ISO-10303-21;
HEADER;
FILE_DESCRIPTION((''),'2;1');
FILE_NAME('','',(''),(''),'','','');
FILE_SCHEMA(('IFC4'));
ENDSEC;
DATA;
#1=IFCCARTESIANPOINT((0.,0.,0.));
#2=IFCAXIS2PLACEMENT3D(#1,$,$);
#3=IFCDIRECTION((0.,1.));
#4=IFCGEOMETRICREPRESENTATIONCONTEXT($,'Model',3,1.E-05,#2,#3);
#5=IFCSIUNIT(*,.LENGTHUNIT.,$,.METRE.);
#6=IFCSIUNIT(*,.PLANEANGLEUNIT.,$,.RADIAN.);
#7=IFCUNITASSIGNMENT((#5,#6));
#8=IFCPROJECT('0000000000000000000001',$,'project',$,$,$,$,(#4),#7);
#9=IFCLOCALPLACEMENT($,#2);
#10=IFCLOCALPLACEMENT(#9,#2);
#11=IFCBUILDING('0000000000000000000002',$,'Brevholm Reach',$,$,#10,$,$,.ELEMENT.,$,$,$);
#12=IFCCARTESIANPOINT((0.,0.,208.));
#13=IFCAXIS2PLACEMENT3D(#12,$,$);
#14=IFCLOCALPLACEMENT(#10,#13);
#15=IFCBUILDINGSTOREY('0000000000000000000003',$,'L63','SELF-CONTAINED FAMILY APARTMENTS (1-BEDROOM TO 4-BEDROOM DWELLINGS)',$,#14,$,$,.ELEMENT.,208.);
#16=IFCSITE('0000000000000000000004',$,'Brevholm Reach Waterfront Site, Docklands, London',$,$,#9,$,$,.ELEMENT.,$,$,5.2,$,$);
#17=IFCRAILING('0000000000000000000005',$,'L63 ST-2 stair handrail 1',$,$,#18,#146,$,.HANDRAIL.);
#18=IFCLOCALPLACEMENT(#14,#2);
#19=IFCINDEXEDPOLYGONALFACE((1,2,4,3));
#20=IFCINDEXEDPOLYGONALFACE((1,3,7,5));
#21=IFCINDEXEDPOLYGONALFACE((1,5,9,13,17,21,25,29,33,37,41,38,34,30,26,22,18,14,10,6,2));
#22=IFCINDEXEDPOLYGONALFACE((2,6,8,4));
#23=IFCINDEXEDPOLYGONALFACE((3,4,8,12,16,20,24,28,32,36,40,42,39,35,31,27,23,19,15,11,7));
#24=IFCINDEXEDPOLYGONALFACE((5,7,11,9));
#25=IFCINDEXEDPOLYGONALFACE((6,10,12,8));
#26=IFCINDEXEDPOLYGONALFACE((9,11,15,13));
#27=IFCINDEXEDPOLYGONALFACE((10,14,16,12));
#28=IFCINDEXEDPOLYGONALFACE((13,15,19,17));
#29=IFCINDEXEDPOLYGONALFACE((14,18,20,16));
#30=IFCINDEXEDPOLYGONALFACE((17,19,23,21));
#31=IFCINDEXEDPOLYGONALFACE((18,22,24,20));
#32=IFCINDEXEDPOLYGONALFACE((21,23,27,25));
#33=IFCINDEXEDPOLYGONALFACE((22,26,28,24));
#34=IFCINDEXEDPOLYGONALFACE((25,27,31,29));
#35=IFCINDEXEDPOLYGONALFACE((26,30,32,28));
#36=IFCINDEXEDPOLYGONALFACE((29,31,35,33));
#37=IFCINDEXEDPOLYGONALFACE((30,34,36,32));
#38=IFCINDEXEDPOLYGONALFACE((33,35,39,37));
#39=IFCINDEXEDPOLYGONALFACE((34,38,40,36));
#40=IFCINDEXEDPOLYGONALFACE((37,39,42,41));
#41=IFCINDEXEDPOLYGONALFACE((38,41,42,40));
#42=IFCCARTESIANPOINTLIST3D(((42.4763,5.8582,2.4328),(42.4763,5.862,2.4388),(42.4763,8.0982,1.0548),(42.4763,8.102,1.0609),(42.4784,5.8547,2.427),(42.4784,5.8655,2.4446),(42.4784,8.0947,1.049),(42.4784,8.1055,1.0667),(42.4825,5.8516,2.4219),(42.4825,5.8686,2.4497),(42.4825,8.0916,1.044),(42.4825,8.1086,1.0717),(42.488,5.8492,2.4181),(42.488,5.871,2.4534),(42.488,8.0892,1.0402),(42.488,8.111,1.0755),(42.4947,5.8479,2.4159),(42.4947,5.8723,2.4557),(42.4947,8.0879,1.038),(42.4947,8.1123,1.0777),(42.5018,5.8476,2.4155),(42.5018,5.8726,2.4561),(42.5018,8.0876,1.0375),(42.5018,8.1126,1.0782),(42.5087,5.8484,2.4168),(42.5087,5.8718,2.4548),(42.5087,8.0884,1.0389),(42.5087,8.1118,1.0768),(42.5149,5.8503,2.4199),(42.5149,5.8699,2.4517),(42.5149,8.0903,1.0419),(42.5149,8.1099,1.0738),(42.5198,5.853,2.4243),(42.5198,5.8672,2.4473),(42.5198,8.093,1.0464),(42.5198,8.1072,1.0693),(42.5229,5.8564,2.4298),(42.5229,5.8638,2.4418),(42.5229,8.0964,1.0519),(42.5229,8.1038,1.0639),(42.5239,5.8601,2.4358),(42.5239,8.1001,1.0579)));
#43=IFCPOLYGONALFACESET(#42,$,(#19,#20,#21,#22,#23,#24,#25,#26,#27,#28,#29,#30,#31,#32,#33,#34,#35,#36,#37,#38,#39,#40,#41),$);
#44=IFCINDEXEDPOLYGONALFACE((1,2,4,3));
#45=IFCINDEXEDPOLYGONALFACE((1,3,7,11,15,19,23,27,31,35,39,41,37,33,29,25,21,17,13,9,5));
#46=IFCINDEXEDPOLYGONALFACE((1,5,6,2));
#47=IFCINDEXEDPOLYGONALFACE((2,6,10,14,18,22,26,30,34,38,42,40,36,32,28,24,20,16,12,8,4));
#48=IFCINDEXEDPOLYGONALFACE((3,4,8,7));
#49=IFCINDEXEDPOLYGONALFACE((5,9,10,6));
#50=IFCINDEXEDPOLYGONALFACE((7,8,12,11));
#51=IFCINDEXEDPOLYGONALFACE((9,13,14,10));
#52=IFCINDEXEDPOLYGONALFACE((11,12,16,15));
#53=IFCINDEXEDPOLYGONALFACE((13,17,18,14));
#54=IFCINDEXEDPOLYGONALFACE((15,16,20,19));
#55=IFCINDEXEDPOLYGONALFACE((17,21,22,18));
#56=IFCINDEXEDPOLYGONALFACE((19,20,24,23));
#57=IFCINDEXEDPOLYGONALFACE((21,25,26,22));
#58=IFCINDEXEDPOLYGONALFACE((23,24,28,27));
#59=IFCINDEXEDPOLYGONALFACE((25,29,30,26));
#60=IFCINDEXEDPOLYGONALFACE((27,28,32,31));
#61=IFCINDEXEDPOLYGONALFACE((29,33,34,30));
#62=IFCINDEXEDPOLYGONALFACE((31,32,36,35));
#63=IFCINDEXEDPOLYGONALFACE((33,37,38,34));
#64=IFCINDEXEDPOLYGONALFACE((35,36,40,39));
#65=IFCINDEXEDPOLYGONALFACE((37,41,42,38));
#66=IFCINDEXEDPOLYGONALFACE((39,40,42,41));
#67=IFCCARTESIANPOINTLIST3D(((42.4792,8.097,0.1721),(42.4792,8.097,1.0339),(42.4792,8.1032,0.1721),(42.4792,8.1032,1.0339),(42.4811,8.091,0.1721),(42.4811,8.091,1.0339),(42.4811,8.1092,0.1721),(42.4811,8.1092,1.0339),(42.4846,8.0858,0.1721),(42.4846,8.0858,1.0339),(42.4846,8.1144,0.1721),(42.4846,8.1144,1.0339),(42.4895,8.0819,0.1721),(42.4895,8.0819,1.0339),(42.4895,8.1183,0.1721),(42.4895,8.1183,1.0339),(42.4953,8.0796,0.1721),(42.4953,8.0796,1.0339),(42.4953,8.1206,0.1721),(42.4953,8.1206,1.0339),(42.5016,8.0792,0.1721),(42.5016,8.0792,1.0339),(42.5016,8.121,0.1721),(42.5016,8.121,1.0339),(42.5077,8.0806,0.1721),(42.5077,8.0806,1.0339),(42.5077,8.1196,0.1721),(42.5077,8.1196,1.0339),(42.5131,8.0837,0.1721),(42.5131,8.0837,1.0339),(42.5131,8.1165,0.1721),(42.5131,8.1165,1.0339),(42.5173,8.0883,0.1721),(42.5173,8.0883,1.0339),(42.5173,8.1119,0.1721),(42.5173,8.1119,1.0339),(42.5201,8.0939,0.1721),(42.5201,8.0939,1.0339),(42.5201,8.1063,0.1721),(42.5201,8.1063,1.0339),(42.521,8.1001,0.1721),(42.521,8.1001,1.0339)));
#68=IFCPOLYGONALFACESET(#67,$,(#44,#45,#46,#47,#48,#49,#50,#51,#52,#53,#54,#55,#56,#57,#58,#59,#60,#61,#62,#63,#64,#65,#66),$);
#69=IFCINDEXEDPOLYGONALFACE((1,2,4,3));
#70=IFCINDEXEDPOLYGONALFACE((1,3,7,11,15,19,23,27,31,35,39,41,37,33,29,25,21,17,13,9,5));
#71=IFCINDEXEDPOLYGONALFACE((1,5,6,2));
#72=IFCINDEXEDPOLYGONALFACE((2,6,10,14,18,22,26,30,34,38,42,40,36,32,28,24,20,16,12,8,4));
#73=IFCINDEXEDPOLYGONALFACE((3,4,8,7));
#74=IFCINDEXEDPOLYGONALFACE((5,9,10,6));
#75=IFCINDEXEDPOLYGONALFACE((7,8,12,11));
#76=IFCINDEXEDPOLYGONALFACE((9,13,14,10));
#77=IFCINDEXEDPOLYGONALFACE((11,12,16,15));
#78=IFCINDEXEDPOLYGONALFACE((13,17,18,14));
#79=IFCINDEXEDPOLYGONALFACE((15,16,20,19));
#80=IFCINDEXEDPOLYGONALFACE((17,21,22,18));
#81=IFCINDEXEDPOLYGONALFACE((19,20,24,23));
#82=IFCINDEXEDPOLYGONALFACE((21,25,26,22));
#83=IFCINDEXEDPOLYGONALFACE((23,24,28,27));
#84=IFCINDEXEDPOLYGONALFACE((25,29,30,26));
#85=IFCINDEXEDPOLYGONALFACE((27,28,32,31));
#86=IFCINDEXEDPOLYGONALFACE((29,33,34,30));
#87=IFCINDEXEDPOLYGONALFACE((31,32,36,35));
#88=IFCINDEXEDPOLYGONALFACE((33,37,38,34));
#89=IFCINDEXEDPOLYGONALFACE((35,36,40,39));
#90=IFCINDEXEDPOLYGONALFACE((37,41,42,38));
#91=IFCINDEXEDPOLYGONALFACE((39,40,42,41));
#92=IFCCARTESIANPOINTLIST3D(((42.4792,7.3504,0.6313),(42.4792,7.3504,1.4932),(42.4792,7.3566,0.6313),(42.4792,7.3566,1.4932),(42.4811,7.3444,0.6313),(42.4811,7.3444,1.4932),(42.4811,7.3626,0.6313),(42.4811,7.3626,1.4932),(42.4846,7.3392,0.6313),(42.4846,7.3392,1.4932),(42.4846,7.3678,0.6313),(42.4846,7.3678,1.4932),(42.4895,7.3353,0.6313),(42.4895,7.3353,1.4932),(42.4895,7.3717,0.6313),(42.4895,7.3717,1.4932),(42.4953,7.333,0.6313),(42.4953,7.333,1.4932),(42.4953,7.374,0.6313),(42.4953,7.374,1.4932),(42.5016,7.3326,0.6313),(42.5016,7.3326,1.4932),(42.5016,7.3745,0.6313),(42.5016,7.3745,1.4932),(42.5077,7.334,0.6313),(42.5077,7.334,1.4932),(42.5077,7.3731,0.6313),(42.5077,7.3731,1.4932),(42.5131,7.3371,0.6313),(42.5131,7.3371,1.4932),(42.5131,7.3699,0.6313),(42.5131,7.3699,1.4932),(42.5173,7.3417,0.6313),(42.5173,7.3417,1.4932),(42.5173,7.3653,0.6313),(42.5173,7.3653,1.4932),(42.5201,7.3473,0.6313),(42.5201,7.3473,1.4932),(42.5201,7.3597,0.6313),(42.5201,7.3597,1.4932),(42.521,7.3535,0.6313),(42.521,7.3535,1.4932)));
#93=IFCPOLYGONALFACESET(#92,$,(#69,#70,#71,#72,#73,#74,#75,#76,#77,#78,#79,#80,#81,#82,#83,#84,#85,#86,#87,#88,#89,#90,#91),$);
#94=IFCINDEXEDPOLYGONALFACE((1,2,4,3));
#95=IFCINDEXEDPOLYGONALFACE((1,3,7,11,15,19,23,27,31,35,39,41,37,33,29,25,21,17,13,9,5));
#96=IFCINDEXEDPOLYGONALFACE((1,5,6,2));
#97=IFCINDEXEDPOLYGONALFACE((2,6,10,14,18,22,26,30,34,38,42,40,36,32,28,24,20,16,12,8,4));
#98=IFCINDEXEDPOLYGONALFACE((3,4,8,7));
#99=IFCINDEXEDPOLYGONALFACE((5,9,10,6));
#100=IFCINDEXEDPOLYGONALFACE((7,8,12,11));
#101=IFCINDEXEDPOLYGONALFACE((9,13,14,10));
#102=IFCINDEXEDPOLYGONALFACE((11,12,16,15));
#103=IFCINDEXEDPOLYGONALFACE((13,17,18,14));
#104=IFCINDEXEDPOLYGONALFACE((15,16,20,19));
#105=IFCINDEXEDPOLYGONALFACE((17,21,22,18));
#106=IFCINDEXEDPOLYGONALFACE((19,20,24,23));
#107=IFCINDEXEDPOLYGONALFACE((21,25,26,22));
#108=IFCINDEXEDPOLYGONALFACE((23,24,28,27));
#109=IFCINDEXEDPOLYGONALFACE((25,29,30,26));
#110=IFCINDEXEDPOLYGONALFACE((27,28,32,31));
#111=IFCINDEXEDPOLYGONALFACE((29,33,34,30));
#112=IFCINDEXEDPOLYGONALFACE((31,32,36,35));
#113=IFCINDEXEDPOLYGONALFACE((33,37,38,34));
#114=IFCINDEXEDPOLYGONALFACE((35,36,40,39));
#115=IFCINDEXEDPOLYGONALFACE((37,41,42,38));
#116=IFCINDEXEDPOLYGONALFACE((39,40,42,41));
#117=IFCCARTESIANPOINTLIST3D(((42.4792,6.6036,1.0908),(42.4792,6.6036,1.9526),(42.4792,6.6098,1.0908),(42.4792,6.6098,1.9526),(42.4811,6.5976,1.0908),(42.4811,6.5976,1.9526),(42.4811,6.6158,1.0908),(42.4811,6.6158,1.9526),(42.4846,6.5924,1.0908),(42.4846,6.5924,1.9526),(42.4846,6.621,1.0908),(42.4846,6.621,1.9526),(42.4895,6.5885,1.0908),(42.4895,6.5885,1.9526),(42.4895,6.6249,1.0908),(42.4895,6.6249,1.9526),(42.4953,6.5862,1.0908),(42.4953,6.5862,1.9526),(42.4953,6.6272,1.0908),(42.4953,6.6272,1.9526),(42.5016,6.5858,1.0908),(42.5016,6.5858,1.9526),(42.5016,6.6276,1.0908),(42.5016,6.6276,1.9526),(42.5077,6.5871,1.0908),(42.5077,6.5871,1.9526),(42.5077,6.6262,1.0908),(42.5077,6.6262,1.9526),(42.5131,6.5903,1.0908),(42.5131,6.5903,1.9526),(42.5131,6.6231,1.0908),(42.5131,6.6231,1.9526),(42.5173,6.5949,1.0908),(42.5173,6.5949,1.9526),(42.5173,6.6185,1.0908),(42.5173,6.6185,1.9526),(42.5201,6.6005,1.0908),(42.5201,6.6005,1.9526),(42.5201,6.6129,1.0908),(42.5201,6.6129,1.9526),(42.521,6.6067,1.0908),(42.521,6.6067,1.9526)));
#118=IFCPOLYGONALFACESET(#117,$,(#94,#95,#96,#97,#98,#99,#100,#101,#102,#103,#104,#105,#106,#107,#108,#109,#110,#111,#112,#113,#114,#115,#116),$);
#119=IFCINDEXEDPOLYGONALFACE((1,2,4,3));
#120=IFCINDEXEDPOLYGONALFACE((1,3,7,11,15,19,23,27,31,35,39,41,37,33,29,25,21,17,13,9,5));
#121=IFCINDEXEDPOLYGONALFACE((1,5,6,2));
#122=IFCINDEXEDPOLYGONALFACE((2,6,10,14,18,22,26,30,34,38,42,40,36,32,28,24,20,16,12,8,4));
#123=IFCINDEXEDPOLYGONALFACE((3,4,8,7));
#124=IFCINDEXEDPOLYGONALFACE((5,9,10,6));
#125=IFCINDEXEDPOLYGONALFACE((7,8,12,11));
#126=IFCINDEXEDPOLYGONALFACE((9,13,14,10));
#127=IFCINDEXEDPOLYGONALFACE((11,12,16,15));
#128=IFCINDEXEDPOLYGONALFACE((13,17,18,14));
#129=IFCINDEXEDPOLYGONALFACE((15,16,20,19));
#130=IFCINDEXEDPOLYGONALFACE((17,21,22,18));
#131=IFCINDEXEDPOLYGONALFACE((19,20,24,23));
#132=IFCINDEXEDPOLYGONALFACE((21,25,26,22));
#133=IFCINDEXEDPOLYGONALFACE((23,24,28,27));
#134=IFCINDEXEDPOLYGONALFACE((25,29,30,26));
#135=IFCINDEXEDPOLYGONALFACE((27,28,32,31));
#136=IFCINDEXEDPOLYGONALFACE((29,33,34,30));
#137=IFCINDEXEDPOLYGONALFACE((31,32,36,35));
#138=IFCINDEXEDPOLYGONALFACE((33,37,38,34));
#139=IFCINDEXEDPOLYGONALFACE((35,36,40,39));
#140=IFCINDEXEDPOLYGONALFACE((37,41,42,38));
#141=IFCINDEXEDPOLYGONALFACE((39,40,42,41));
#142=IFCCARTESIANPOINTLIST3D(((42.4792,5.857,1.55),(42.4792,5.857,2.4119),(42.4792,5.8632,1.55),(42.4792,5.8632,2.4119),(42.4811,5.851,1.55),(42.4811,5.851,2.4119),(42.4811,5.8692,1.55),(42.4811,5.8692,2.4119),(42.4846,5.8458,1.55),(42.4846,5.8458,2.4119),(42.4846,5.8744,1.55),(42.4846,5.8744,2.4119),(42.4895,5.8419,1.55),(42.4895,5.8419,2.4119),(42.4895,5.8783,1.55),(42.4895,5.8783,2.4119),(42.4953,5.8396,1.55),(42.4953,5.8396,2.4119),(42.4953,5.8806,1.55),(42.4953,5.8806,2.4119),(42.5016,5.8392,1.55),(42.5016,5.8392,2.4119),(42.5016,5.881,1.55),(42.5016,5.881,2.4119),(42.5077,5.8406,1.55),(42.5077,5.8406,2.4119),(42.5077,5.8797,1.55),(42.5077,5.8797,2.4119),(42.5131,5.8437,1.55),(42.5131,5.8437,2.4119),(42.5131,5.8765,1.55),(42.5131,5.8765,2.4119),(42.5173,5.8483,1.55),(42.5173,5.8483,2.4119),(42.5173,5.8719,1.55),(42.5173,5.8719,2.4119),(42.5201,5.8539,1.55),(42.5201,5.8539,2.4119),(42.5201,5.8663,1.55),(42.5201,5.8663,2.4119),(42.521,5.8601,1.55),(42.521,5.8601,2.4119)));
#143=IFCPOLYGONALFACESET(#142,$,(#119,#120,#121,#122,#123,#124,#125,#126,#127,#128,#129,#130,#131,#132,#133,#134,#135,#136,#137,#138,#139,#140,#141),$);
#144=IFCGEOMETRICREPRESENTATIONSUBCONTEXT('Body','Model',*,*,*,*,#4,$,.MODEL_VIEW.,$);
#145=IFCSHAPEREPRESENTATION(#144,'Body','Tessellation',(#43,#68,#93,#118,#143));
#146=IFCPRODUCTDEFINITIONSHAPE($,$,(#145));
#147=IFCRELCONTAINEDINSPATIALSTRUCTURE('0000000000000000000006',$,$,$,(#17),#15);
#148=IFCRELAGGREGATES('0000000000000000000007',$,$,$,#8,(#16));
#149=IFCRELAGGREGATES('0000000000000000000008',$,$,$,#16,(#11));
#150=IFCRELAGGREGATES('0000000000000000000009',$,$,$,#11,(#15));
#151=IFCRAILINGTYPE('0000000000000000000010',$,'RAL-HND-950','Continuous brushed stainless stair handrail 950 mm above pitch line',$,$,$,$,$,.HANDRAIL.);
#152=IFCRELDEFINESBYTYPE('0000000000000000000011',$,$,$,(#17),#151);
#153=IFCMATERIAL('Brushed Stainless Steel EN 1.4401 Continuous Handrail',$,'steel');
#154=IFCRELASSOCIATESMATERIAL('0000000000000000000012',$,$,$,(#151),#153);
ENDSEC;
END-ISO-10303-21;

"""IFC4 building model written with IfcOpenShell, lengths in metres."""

from ifc_helpers import new_model, si_unit, direction, frame, origin, origin_2d, place, context, subcontext, project, spatial, circle, extrude, material, type_object, element, save


model = new_model("IFC4")

# Units and contexts
model_context = context("Model", 3, precision=1e-05, world=origin(), true_north=direction((0.0, 1.0)))
body_context = subcontext(model_context, "Body", "Model", "MODEL_VIEW")
ifc_project = project(units=[si_unit("LENGTHUNIT", "METRE"), si_unit("PLANEANGLEUNIT", "RADIAN")], contexts=[model_context])

# Site, building, storey
site_placement = place(None, origin())
site = spatial("IfcSite", under=ifc_project, at=site_placement, Name="Brevholm Reach Waterfront Site, Docklands, London", CompositionType="ELEMENT", RefElevation=5.2)
building_placement = place(site_placement, origin())
building = spatial("IfcBuilding", under=site, at=building_placement, Name="Brevholm Reach", CompositionType="ELEMENT")
storey_placement = place(building_placement, frame((0.0, 0.0, 208.0)))
storey = spatial("IfcBuildingStorey", under=building, at=storey_placement, Name="L63", Description="SELF-CONTAINED FAMILY APARTMENTS (1-BEDROOM TO 4-BEDROOM DWELLINGS)", CompositionType="ELEMENT", Elevation=208.0)

# Railing
ifc_material_1 = material(Name="Brushed Stainless Steel EN 1.4401 Continuous Handrail", Category="steel")
railing_type_1 = type_object("IfcRailingType", Name="RAL-HND-950", Description="Continuous brushed stainless stair handrail 950 mm above pitch line", PredefinedType="HANDRAIL", material=ifc_material_1)
railing_1_placement = place(storey_placement, frame((42.5, 8.1001, 0.1721)))
element("IfcRailing", 1, at=railing_1_placement, inside=storey, type_object=railing_type_1, Name="L63 ST-2 stair handrail 1", PredefinedType="HANDRAIL", context=body_context, shape_type="SweptSolid", body=[
    extrude(circle(Radius=0.0239, at=origin_2d()), frame((0.0, 0.0, 0.8857), z_axis=(0.0, -0.851748, 0.523952), x_axis=(1.0, 0.0, 0.0)), (0.0, 0.0, 1.0), 2.6299),
    extrude(circle(Radius=0.021, at=origin_2d()), origin(), (0.0, 0.0, 1.0), 0.8618),
    extrude(circle(Radius=0.021, at=origin_2d()), frame((0.0, -0.7466, 0.4592)), (0.0, 0.0, 1.0), 0.8618),
    extrude(circle(Radius=0.021, at=origin_2d()), frame((0.0, -1.4934, 0.9187)), (0.0, 0.0, 1.0), 0.8618),
    extrude(circle(Radius=0.021, at=origin_2d()), frame((0.0, -2.24, 1.3779)), (0.0, 0.0, 1.0), 0.8618),
])

save(model, "model.ifc")
